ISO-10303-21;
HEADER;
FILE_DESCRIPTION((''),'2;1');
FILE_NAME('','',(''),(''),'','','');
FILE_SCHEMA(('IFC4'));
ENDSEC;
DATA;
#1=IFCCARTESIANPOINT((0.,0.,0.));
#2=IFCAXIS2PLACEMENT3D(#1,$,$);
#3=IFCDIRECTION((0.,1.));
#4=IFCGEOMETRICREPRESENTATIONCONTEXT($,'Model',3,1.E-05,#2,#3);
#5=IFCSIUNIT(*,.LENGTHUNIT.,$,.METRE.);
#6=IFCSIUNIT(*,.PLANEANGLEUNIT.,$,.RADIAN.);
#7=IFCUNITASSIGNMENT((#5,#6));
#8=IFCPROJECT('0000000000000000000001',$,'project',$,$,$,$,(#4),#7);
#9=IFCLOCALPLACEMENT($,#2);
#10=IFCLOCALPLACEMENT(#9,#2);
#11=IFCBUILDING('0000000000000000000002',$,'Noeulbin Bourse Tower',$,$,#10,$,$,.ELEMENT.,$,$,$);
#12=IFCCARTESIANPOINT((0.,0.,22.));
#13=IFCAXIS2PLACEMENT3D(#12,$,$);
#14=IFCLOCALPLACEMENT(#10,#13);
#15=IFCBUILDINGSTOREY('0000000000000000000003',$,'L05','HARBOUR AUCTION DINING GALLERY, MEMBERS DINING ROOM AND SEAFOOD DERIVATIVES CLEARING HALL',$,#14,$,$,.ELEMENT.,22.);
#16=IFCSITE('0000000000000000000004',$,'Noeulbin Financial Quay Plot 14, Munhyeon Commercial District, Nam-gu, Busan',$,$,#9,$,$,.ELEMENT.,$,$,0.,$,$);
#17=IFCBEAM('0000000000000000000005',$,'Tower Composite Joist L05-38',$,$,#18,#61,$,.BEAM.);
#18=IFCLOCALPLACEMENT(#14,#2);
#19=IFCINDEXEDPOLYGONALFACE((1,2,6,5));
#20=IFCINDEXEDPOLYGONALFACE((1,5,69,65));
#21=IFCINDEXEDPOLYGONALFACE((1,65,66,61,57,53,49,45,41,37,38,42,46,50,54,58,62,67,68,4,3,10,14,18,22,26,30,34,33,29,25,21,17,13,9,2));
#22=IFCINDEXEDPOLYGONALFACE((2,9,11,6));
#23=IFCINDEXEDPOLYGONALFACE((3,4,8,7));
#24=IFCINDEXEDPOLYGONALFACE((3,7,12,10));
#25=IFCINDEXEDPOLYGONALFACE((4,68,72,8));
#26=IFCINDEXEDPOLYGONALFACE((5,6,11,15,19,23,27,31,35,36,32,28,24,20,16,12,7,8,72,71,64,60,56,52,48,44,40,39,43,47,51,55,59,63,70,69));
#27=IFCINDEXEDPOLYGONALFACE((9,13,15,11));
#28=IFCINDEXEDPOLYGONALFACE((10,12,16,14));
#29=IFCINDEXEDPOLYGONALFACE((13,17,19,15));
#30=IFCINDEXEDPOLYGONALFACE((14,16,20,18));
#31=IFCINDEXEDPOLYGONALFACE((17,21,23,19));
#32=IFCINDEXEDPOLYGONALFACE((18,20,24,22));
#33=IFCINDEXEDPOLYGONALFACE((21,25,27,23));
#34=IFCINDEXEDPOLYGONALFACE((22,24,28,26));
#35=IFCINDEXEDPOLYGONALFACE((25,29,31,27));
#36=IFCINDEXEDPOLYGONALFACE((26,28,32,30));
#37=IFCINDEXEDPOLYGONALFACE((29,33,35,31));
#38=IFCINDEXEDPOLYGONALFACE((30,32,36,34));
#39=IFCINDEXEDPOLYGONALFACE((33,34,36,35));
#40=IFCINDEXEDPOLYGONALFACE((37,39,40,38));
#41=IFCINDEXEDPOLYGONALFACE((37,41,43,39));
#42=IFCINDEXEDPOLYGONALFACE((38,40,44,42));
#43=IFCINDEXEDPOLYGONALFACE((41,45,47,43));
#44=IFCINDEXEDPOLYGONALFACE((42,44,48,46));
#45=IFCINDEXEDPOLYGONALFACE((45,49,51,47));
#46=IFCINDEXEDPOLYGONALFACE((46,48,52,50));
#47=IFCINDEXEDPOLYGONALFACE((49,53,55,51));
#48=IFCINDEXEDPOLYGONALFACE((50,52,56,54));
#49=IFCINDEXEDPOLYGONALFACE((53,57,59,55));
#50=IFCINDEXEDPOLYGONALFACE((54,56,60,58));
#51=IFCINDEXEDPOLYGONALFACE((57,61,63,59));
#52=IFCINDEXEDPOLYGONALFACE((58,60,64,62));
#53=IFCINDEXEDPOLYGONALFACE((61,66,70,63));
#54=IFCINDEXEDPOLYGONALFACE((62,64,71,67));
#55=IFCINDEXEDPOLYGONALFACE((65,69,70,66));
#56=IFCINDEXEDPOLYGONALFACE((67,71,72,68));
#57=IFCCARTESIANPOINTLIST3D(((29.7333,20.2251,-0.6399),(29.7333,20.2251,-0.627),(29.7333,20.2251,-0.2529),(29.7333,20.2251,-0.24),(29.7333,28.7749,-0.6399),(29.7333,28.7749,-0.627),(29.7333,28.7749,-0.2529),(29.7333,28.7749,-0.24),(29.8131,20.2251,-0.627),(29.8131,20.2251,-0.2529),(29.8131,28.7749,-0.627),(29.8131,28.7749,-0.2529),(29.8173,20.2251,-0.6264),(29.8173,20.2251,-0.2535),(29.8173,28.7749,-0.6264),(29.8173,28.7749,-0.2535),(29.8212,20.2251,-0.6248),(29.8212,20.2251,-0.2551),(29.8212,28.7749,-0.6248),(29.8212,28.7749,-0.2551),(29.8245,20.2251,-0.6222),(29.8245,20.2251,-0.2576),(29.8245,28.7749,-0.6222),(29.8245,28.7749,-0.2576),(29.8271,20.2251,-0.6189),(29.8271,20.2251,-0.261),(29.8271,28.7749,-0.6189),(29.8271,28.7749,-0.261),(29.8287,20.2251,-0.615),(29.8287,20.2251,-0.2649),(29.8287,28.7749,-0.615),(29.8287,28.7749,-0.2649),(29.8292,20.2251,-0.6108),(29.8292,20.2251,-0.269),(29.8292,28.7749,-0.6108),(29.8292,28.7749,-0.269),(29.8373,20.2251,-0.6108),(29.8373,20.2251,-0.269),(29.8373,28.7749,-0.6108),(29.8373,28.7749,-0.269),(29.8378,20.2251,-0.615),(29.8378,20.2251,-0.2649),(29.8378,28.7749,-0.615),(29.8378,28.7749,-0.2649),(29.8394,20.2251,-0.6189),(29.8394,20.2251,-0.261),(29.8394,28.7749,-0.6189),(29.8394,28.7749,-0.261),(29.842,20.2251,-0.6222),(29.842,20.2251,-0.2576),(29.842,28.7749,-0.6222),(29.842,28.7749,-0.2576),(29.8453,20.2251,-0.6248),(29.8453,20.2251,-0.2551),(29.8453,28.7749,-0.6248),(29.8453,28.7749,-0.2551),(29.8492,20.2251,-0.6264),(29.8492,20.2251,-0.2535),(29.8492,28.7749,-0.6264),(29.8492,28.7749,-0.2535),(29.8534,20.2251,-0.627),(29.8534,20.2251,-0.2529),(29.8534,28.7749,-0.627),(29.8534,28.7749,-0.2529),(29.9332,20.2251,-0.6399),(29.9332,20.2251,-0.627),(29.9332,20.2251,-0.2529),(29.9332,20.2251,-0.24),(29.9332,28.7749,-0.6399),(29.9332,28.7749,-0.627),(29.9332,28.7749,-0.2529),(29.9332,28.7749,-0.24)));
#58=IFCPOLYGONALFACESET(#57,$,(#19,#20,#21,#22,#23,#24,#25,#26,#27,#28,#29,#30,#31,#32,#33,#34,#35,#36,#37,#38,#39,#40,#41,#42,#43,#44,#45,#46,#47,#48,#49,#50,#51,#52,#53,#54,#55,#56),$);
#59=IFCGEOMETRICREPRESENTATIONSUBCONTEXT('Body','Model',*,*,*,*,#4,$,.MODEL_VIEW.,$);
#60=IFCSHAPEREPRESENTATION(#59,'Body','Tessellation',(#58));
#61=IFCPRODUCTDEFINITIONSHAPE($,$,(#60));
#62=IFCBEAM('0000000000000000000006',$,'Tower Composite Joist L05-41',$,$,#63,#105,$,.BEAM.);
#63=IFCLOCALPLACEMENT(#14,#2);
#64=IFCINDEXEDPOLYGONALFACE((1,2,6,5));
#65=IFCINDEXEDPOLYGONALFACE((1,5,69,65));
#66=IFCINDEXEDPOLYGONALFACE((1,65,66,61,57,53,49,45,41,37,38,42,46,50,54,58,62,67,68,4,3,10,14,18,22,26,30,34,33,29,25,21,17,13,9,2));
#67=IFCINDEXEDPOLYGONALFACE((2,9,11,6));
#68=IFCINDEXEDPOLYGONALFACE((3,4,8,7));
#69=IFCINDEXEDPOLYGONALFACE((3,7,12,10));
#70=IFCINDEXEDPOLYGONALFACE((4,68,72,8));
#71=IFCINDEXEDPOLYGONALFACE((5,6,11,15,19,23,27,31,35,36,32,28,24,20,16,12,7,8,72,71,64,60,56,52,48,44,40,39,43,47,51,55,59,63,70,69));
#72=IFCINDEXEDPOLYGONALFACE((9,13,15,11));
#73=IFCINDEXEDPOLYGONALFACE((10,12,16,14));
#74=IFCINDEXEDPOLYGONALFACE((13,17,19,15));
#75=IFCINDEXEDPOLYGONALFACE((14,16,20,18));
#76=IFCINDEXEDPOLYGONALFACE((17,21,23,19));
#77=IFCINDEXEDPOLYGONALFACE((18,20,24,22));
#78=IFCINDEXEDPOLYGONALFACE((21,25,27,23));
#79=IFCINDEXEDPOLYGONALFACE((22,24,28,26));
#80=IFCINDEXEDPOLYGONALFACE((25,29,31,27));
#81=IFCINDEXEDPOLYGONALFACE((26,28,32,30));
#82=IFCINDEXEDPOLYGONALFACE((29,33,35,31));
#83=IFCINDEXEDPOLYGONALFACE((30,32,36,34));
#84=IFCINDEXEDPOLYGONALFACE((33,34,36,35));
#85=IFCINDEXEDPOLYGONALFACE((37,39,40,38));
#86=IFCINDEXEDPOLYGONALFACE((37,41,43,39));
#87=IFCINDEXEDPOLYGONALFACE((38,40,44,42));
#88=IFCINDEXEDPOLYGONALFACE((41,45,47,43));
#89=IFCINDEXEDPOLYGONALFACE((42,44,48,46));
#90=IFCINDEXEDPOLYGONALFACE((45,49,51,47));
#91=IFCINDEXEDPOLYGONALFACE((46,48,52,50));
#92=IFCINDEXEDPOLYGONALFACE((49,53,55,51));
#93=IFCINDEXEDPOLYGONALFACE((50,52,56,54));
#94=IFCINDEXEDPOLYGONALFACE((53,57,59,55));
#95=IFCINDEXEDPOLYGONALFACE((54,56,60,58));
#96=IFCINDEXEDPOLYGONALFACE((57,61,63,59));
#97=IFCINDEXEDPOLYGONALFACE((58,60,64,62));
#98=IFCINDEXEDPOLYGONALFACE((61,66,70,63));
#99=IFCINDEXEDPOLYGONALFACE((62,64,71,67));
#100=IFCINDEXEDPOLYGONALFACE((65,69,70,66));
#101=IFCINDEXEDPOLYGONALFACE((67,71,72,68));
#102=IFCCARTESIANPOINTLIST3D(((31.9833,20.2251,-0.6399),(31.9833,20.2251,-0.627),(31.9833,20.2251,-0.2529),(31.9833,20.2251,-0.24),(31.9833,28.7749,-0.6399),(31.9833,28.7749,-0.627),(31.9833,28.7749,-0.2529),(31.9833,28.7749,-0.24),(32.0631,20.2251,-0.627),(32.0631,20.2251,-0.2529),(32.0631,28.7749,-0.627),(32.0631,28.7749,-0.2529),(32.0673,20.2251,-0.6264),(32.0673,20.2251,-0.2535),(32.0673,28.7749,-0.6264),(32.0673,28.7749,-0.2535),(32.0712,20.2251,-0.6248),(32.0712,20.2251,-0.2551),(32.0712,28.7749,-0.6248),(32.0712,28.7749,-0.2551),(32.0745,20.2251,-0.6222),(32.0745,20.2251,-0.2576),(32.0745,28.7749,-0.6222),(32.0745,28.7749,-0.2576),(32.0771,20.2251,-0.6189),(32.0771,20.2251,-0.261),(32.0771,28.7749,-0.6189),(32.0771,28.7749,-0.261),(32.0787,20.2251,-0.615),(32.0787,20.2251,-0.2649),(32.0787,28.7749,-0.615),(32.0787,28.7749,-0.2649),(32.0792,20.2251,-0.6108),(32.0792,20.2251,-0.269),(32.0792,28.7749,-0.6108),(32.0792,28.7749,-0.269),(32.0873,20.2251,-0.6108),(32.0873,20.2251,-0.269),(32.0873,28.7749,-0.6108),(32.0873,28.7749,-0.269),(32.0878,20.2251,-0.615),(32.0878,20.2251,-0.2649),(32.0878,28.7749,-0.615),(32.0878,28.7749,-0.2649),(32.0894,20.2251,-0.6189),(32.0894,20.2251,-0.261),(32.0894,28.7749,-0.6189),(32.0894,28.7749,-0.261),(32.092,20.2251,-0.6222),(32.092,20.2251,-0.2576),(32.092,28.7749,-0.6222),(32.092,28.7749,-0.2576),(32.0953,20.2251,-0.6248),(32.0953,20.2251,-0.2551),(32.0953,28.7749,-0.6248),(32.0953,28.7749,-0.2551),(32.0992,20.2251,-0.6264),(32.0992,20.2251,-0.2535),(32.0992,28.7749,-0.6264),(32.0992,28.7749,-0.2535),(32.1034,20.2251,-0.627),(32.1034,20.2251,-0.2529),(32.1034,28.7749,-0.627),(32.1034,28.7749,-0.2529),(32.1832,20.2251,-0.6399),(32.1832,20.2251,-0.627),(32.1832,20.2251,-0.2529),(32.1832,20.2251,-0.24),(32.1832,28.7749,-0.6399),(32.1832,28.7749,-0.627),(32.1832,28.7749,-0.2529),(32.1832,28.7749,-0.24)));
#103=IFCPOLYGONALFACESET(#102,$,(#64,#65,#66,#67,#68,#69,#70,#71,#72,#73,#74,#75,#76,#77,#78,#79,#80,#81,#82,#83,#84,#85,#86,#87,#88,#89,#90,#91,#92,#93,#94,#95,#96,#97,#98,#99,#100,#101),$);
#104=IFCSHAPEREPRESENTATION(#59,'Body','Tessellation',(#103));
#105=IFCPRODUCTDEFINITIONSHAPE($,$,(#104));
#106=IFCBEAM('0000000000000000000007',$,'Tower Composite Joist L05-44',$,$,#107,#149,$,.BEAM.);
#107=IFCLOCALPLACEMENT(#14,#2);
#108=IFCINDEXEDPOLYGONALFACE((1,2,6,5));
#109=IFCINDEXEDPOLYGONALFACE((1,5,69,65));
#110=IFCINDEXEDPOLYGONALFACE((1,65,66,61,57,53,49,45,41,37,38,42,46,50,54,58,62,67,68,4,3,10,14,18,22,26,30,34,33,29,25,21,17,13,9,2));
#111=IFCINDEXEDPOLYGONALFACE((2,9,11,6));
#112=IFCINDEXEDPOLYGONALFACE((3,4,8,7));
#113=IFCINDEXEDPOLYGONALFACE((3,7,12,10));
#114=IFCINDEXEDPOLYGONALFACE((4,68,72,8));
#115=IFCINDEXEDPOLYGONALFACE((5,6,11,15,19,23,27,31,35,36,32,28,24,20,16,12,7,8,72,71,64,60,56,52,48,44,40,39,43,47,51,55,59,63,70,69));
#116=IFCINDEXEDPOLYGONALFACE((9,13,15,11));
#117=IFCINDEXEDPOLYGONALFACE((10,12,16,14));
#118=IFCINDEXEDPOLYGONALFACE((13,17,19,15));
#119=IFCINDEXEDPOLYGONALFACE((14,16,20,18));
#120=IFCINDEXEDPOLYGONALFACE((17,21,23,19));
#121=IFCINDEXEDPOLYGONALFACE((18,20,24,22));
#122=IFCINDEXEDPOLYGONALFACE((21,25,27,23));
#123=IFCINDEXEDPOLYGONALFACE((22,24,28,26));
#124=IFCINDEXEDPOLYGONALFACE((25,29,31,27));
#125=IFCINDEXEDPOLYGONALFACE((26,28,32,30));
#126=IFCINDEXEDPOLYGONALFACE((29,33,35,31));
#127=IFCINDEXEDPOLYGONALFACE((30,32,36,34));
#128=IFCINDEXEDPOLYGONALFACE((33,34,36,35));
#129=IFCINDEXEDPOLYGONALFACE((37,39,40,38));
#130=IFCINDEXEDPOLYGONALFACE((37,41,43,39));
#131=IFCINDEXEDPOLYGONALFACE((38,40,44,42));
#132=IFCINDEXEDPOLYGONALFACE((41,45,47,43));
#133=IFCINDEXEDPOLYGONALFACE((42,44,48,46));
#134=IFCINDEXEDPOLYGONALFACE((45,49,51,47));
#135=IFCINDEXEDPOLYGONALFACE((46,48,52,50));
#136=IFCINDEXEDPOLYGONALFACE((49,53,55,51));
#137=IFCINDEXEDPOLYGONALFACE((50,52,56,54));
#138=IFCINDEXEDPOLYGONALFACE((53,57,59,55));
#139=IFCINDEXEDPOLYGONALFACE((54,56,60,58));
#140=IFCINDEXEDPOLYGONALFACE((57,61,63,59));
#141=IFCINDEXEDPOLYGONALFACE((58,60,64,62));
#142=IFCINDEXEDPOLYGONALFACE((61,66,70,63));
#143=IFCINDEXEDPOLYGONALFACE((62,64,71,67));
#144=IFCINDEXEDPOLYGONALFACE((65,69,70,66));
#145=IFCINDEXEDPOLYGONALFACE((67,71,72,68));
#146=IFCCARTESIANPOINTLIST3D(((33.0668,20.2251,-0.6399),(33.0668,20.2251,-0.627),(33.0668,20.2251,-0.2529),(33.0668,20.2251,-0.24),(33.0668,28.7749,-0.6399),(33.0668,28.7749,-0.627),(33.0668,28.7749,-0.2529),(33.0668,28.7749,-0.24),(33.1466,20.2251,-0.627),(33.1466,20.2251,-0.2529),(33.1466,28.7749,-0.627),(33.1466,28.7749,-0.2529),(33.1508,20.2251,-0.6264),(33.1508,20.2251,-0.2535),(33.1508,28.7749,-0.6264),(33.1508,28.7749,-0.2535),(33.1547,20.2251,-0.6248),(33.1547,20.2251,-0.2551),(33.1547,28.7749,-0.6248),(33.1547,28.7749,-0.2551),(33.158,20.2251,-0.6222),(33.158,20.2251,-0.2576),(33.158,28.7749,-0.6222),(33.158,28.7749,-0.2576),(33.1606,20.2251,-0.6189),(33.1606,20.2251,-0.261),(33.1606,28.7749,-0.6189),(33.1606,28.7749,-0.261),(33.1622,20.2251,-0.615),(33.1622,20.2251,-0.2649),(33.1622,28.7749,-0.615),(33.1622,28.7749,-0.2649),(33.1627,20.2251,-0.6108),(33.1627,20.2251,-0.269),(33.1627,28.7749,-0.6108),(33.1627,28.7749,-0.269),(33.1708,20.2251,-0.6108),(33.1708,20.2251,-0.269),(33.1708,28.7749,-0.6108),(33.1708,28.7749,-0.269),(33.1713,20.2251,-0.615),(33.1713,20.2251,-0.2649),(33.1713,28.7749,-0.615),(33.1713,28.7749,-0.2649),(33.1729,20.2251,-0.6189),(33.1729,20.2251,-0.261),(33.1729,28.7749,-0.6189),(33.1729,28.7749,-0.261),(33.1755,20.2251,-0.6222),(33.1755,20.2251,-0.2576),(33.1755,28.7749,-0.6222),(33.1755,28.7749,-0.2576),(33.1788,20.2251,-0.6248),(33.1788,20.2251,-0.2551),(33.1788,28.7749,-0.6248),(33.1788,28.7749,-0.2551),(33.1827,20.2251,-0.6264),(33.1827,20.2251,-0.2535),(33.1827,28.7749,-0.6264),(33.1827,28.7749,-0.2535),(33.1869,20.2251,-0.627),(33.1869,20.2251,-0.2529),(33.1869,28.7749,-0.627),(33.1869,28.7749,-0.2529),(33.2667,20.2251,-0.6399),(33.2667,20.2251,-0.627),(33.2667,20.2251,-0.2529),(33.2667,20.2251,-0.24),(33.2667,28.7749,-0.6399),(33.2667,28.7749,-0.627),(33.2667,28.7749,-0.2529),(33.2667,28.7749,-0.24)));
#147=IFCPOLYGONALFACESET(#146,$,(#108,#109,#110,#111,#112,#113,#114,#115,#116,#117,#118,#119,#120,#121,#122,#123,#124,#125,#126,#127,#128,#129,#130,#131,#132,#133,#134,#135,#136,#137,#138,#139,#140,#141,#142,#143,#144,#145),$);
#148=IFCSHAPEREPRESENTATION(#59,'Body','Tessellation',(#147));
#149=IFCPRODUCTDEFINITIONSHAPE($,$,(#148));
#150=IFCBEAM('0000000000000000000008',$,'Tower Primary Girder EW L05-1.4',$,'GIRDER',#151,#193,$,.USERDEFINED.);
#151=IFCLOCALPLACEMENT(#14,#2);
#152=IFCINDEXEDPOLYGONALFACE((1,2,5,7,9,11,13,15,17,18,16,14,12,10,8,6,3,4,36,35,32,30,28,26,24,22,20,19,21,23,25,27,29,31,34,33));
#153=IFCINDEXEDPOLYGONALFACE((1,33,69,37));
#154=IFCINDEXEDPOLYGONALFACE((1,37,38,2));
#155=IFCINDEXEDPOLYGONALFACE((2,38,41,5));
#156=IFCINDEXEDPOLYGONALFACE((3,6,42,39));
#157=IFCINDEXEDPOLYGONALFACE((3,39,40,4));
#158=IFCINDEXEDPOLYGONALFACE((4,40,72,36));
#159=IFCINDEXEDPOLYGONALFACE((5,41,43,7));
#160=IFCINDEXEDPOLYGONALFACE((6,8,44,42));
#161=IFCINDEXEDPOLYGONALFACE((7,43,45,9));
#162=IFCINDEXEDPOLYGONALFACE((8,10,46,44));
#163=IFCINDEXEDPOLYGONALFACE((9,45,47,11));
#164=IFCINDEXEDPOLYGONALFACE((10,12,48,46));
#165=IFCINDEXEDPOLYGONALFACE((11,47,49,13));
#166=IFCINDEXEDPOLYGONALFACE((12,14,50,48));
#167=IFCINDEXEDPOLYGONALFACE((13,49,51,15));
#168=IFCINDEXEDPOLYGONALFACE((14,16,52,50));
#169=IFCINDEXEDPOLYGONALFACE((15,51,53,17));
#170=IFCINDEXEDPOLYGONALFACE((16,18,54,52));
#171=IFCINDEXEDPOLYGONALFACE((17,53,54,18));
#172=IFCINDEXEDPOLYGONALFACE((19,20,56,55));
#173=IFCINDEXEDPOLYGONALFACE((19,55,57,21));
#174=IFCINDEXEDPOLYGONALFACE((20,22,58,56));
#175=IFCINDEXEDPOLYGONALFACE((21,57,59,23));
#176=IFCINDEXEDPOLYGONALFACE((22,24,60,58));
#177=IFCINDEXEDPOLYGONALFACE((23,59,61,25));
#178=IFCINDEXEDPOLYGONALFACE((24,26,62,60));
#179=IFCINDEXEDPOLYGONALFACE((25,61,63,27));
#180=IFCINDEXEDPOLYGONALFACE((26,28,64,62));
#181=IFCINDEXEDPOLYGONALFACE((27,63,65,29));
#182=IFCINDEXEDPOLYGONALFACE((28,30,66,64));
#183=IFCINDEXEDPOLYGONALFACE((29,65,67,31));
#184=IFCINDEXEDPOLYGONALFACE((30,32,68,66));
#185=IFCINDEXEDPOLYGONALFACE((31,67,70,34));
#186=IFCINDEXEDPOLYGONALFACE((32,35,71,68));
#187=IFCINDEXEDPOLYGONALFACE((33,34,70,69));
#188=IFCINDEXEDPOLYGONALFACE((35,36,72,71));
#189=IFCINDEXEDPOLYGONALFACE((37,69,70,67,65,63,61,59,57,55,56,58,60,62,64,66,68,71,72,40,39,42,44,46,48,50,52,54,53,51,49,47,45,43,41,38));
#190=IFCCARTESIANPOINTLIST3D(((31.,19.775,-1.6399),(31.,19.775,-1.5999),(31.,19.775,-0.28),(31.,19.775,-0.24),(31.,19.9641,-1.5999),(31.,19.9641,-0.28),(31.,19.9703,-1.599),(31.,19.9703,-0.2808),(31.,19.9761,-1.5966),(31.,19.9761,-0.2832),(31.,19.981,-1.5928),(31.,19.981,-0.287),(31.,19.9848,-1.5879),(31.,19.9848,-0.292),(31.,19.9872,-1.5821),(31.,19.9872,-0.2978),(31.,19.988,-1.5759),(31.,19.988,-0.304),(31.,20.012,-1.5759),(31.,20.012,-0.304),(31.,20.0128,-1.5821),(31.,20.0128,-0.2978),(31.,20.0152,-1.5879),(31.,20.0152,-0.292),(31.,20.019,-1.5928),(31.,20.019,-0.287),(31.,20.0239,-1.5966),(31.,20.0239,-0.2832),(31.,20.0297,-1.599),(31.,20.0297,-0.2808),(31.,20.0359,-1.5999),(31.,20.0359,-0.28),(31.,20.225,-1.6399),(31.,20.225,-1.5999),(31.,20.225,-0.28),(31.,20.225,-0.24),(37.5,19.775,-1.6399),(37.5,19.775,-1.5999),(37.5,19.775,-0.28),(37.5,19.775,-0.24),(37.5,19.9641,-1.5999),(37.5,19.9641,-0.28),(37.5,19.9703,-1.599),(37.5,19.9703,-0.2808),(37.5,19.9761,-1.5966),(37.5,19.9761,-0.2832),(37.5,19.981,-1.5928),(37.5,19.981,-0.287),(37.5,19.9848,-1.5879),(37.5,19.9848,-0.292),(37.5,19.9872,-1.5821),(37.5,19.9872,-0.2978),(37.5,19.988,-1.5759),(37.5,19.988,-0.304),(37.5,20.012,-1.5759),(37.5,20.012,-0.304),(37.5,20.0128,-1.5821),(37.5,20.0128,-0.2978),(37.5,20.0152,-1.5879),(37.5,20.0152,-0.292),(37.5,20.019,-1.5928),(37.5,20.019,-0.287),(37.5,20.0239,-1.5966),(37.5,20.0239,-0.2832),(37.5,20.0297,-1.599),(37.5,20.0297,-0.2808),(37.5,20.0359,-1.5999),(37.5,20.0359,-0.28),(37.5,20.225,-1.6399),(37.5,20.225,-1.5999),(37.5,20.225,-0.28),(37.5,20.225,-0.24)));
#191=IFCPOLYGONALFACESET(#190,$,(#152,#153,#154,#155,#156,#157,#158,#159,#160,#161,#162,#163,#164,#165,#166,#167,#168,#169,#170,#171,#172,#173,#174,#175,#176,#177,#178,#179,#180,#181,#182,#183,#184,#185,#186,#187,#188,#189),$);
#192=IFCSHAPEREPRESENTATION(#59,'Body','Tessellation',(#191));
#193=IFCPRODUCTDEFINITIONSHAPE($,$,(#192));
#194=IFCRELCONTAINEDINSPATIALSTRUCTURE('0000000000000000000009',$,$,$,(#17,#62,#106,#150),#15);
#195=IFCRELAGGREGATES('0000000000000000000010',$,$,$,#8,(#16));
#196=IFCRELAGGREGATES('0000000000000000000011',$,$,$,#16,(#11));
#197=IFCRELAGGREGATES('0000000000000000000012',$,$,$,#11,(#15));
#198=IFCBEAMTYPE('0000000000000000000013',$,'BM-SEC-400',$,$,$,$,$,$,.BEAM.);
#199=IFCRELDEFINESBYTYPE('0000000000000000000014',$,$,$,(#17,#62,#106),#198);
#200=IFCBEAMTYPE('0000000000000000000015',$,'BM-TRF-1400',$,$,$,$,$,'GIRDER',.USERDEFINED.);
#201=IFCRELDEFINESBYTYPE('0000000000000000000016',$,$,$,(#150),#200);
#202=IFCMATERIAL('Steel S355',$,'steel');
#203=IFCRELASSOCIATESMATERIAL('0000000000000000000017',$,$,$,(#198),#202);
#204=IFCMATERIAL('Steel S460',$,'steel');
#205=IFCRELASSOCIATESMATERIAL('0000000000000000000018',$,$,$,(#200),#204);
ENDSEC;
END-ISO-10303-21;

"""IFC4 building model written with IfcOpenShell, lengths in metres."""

from ifc_helpers import new_model, si_unit, direction, frame, origin, origin_2d, place, context, subcontext, project, spatial, i_section, extrude, material, material_profile, profile_set, type_object, element, save


model = new_model("IFC4")

# Units and contexts
model_context = context("Model", 3, precision=1e-05, world=origin(), true_north=direction((0.0, 1.0)))
body_context = subcontext(model_context, "Body", "Model", "MODEL_VIEW")
ifc_project = project(units=[si_unit("LENGTHUNIT", "METRE"), si_unit("PLANEANGLEUNIT", "RADIAN")], contexts=[model_context])

# Site, building, storey
site_placement = place(None, origin())
site = spatial("IfcSite", under=ifc_project, at=site_placement, Name="Noeulbin Financial Quay Plot 14, Munhyeon Commercial District, Nam-gu, Busan", CompositionType="ELEMENT", RefElevation=0.0)
building_placement = place(site_placement, origin())
building = spatial("IfcBuilding", under=site, at=building_placement, Name="Noeulbin Bourse Tower", CompositionType="ELEMENT")
storey_placement = place(building_placement, frame((0.0, 0.0, 22.0)))
storey = spatial("IfcBuildingStorey", under=building, at=storey_placement, Name="L05", Description="HARBOUR AUCTION DINING GALLERY, MEMBERS DINING ROOM AND SEAFOOD DERIVATIVES CLEARING HALL", CompositionType="ELEMENT", Elevation=22.0)

# Shared definitions
ifc_material_1 = material(Name="Steel S460", Category="steel")

# Beams
ifc_material_2 = material(Name="Steel S355", Category="steel")
ifc_material_profile_1 = material_profile(ifc_material_2, i_section(OverallWidth=0.2, OverallDepth=0.3999, WebThickness=0.0081, FlangeThickness=0.0129, FilletRadius=0.0161, at=origin_2d()), Name="H-400x200x8x13", Category="LoadBearing")
ifc_profile_set_1 = profile_set([ifc_material_profile_1], Name="Steel S355")
beam_type_1 = type_object("IfcBeamType", Name="BM-SEC-400", PredefinedType="BEAM", material=ifc_profile_set_1)
for number, where, z_axis, x_axis, name in (
    (1, (29.8333, 20.2251, -0.4399), (0.0, 1.0, 0.0), (-1.0, 0.0, 0.0), "Tower Composite Joist L05-38"),
    (2, (32.0833, 20.2251, -0.4399), (0.0, 1.0, 0.0), (-1.0, 0.0, 0.0), "Tower Composite Joist L05-41"),
    (3, (33.1667, 20.2251, -0.4399), (0.0, 1.0, 0.0), (-1.0, 0.0, 0.0), "Tower Composite Joist L05-44"),
):
    element("IfcBeam", number, at=place(storey_placement, frame(where, z_axis=z_axis, x_axis=x_axis)), inside=storey, type_object=beam_type_1, Name=name, PredefinedType="BEAM", context=body_context, shape_type="SweptSolid", body=[
        extrude(i_section(OverallWidth=0.2, OverallDepth=0.3999, WebThickness=0.0081, FlangeThickness=0.0129, FilletRadius=0.0161, at=origin_2d()), origin(), (0.0, 0.0, 1.0), 8.5498),
    ])
ifc_material_profile_2 = material_profile(ifc_material_1, i_section(OverallWidth=0.45, OverallDepth=1.3999, WebThickness=0.0239, FlangeThickness=0.04, FilletRadius=0.0239, at=origin_2d()), Name="PG-1400x450x24x40", Category="LoadBearing")
ifc_profile_set_2 = profile_set([ifc_material_profile_2], Name="Steel S460")
beam_type_2 = type_object("IfcBeamType", Name="BM-TRF-1400", ElementType="GIRDER", PredefinedType="USERDEFINED", material=ifc_profile_set_2)
beam_1_placement = place(storey_placement, frame((31.0, 20.0, -0.9399), z_axis=(1.0, 0.0, 0.0), x_axis=(0.0, 1.0, 0.0)))
element("IfcBeam", 4, at=beam_1_placement, inside=storey, type_object=beam_type_2, Name="Tower Primary Girder EW L05-1.4", ObjectType="GIRDER", PredefinedType="USERDEFINED", context=body_context, shape_type="SweptSolid", body=[
    extrude(i_section(OverallWidth=0.45, OverallDepth=1.3999, WebThickness=0.0239, FlangeThickness=0.04, FilletRadius=0.0239, at=origin_2d()), origin(), (0.0, 0.0, 1.0), 6.5),
])

save(model, "model.ifc")
